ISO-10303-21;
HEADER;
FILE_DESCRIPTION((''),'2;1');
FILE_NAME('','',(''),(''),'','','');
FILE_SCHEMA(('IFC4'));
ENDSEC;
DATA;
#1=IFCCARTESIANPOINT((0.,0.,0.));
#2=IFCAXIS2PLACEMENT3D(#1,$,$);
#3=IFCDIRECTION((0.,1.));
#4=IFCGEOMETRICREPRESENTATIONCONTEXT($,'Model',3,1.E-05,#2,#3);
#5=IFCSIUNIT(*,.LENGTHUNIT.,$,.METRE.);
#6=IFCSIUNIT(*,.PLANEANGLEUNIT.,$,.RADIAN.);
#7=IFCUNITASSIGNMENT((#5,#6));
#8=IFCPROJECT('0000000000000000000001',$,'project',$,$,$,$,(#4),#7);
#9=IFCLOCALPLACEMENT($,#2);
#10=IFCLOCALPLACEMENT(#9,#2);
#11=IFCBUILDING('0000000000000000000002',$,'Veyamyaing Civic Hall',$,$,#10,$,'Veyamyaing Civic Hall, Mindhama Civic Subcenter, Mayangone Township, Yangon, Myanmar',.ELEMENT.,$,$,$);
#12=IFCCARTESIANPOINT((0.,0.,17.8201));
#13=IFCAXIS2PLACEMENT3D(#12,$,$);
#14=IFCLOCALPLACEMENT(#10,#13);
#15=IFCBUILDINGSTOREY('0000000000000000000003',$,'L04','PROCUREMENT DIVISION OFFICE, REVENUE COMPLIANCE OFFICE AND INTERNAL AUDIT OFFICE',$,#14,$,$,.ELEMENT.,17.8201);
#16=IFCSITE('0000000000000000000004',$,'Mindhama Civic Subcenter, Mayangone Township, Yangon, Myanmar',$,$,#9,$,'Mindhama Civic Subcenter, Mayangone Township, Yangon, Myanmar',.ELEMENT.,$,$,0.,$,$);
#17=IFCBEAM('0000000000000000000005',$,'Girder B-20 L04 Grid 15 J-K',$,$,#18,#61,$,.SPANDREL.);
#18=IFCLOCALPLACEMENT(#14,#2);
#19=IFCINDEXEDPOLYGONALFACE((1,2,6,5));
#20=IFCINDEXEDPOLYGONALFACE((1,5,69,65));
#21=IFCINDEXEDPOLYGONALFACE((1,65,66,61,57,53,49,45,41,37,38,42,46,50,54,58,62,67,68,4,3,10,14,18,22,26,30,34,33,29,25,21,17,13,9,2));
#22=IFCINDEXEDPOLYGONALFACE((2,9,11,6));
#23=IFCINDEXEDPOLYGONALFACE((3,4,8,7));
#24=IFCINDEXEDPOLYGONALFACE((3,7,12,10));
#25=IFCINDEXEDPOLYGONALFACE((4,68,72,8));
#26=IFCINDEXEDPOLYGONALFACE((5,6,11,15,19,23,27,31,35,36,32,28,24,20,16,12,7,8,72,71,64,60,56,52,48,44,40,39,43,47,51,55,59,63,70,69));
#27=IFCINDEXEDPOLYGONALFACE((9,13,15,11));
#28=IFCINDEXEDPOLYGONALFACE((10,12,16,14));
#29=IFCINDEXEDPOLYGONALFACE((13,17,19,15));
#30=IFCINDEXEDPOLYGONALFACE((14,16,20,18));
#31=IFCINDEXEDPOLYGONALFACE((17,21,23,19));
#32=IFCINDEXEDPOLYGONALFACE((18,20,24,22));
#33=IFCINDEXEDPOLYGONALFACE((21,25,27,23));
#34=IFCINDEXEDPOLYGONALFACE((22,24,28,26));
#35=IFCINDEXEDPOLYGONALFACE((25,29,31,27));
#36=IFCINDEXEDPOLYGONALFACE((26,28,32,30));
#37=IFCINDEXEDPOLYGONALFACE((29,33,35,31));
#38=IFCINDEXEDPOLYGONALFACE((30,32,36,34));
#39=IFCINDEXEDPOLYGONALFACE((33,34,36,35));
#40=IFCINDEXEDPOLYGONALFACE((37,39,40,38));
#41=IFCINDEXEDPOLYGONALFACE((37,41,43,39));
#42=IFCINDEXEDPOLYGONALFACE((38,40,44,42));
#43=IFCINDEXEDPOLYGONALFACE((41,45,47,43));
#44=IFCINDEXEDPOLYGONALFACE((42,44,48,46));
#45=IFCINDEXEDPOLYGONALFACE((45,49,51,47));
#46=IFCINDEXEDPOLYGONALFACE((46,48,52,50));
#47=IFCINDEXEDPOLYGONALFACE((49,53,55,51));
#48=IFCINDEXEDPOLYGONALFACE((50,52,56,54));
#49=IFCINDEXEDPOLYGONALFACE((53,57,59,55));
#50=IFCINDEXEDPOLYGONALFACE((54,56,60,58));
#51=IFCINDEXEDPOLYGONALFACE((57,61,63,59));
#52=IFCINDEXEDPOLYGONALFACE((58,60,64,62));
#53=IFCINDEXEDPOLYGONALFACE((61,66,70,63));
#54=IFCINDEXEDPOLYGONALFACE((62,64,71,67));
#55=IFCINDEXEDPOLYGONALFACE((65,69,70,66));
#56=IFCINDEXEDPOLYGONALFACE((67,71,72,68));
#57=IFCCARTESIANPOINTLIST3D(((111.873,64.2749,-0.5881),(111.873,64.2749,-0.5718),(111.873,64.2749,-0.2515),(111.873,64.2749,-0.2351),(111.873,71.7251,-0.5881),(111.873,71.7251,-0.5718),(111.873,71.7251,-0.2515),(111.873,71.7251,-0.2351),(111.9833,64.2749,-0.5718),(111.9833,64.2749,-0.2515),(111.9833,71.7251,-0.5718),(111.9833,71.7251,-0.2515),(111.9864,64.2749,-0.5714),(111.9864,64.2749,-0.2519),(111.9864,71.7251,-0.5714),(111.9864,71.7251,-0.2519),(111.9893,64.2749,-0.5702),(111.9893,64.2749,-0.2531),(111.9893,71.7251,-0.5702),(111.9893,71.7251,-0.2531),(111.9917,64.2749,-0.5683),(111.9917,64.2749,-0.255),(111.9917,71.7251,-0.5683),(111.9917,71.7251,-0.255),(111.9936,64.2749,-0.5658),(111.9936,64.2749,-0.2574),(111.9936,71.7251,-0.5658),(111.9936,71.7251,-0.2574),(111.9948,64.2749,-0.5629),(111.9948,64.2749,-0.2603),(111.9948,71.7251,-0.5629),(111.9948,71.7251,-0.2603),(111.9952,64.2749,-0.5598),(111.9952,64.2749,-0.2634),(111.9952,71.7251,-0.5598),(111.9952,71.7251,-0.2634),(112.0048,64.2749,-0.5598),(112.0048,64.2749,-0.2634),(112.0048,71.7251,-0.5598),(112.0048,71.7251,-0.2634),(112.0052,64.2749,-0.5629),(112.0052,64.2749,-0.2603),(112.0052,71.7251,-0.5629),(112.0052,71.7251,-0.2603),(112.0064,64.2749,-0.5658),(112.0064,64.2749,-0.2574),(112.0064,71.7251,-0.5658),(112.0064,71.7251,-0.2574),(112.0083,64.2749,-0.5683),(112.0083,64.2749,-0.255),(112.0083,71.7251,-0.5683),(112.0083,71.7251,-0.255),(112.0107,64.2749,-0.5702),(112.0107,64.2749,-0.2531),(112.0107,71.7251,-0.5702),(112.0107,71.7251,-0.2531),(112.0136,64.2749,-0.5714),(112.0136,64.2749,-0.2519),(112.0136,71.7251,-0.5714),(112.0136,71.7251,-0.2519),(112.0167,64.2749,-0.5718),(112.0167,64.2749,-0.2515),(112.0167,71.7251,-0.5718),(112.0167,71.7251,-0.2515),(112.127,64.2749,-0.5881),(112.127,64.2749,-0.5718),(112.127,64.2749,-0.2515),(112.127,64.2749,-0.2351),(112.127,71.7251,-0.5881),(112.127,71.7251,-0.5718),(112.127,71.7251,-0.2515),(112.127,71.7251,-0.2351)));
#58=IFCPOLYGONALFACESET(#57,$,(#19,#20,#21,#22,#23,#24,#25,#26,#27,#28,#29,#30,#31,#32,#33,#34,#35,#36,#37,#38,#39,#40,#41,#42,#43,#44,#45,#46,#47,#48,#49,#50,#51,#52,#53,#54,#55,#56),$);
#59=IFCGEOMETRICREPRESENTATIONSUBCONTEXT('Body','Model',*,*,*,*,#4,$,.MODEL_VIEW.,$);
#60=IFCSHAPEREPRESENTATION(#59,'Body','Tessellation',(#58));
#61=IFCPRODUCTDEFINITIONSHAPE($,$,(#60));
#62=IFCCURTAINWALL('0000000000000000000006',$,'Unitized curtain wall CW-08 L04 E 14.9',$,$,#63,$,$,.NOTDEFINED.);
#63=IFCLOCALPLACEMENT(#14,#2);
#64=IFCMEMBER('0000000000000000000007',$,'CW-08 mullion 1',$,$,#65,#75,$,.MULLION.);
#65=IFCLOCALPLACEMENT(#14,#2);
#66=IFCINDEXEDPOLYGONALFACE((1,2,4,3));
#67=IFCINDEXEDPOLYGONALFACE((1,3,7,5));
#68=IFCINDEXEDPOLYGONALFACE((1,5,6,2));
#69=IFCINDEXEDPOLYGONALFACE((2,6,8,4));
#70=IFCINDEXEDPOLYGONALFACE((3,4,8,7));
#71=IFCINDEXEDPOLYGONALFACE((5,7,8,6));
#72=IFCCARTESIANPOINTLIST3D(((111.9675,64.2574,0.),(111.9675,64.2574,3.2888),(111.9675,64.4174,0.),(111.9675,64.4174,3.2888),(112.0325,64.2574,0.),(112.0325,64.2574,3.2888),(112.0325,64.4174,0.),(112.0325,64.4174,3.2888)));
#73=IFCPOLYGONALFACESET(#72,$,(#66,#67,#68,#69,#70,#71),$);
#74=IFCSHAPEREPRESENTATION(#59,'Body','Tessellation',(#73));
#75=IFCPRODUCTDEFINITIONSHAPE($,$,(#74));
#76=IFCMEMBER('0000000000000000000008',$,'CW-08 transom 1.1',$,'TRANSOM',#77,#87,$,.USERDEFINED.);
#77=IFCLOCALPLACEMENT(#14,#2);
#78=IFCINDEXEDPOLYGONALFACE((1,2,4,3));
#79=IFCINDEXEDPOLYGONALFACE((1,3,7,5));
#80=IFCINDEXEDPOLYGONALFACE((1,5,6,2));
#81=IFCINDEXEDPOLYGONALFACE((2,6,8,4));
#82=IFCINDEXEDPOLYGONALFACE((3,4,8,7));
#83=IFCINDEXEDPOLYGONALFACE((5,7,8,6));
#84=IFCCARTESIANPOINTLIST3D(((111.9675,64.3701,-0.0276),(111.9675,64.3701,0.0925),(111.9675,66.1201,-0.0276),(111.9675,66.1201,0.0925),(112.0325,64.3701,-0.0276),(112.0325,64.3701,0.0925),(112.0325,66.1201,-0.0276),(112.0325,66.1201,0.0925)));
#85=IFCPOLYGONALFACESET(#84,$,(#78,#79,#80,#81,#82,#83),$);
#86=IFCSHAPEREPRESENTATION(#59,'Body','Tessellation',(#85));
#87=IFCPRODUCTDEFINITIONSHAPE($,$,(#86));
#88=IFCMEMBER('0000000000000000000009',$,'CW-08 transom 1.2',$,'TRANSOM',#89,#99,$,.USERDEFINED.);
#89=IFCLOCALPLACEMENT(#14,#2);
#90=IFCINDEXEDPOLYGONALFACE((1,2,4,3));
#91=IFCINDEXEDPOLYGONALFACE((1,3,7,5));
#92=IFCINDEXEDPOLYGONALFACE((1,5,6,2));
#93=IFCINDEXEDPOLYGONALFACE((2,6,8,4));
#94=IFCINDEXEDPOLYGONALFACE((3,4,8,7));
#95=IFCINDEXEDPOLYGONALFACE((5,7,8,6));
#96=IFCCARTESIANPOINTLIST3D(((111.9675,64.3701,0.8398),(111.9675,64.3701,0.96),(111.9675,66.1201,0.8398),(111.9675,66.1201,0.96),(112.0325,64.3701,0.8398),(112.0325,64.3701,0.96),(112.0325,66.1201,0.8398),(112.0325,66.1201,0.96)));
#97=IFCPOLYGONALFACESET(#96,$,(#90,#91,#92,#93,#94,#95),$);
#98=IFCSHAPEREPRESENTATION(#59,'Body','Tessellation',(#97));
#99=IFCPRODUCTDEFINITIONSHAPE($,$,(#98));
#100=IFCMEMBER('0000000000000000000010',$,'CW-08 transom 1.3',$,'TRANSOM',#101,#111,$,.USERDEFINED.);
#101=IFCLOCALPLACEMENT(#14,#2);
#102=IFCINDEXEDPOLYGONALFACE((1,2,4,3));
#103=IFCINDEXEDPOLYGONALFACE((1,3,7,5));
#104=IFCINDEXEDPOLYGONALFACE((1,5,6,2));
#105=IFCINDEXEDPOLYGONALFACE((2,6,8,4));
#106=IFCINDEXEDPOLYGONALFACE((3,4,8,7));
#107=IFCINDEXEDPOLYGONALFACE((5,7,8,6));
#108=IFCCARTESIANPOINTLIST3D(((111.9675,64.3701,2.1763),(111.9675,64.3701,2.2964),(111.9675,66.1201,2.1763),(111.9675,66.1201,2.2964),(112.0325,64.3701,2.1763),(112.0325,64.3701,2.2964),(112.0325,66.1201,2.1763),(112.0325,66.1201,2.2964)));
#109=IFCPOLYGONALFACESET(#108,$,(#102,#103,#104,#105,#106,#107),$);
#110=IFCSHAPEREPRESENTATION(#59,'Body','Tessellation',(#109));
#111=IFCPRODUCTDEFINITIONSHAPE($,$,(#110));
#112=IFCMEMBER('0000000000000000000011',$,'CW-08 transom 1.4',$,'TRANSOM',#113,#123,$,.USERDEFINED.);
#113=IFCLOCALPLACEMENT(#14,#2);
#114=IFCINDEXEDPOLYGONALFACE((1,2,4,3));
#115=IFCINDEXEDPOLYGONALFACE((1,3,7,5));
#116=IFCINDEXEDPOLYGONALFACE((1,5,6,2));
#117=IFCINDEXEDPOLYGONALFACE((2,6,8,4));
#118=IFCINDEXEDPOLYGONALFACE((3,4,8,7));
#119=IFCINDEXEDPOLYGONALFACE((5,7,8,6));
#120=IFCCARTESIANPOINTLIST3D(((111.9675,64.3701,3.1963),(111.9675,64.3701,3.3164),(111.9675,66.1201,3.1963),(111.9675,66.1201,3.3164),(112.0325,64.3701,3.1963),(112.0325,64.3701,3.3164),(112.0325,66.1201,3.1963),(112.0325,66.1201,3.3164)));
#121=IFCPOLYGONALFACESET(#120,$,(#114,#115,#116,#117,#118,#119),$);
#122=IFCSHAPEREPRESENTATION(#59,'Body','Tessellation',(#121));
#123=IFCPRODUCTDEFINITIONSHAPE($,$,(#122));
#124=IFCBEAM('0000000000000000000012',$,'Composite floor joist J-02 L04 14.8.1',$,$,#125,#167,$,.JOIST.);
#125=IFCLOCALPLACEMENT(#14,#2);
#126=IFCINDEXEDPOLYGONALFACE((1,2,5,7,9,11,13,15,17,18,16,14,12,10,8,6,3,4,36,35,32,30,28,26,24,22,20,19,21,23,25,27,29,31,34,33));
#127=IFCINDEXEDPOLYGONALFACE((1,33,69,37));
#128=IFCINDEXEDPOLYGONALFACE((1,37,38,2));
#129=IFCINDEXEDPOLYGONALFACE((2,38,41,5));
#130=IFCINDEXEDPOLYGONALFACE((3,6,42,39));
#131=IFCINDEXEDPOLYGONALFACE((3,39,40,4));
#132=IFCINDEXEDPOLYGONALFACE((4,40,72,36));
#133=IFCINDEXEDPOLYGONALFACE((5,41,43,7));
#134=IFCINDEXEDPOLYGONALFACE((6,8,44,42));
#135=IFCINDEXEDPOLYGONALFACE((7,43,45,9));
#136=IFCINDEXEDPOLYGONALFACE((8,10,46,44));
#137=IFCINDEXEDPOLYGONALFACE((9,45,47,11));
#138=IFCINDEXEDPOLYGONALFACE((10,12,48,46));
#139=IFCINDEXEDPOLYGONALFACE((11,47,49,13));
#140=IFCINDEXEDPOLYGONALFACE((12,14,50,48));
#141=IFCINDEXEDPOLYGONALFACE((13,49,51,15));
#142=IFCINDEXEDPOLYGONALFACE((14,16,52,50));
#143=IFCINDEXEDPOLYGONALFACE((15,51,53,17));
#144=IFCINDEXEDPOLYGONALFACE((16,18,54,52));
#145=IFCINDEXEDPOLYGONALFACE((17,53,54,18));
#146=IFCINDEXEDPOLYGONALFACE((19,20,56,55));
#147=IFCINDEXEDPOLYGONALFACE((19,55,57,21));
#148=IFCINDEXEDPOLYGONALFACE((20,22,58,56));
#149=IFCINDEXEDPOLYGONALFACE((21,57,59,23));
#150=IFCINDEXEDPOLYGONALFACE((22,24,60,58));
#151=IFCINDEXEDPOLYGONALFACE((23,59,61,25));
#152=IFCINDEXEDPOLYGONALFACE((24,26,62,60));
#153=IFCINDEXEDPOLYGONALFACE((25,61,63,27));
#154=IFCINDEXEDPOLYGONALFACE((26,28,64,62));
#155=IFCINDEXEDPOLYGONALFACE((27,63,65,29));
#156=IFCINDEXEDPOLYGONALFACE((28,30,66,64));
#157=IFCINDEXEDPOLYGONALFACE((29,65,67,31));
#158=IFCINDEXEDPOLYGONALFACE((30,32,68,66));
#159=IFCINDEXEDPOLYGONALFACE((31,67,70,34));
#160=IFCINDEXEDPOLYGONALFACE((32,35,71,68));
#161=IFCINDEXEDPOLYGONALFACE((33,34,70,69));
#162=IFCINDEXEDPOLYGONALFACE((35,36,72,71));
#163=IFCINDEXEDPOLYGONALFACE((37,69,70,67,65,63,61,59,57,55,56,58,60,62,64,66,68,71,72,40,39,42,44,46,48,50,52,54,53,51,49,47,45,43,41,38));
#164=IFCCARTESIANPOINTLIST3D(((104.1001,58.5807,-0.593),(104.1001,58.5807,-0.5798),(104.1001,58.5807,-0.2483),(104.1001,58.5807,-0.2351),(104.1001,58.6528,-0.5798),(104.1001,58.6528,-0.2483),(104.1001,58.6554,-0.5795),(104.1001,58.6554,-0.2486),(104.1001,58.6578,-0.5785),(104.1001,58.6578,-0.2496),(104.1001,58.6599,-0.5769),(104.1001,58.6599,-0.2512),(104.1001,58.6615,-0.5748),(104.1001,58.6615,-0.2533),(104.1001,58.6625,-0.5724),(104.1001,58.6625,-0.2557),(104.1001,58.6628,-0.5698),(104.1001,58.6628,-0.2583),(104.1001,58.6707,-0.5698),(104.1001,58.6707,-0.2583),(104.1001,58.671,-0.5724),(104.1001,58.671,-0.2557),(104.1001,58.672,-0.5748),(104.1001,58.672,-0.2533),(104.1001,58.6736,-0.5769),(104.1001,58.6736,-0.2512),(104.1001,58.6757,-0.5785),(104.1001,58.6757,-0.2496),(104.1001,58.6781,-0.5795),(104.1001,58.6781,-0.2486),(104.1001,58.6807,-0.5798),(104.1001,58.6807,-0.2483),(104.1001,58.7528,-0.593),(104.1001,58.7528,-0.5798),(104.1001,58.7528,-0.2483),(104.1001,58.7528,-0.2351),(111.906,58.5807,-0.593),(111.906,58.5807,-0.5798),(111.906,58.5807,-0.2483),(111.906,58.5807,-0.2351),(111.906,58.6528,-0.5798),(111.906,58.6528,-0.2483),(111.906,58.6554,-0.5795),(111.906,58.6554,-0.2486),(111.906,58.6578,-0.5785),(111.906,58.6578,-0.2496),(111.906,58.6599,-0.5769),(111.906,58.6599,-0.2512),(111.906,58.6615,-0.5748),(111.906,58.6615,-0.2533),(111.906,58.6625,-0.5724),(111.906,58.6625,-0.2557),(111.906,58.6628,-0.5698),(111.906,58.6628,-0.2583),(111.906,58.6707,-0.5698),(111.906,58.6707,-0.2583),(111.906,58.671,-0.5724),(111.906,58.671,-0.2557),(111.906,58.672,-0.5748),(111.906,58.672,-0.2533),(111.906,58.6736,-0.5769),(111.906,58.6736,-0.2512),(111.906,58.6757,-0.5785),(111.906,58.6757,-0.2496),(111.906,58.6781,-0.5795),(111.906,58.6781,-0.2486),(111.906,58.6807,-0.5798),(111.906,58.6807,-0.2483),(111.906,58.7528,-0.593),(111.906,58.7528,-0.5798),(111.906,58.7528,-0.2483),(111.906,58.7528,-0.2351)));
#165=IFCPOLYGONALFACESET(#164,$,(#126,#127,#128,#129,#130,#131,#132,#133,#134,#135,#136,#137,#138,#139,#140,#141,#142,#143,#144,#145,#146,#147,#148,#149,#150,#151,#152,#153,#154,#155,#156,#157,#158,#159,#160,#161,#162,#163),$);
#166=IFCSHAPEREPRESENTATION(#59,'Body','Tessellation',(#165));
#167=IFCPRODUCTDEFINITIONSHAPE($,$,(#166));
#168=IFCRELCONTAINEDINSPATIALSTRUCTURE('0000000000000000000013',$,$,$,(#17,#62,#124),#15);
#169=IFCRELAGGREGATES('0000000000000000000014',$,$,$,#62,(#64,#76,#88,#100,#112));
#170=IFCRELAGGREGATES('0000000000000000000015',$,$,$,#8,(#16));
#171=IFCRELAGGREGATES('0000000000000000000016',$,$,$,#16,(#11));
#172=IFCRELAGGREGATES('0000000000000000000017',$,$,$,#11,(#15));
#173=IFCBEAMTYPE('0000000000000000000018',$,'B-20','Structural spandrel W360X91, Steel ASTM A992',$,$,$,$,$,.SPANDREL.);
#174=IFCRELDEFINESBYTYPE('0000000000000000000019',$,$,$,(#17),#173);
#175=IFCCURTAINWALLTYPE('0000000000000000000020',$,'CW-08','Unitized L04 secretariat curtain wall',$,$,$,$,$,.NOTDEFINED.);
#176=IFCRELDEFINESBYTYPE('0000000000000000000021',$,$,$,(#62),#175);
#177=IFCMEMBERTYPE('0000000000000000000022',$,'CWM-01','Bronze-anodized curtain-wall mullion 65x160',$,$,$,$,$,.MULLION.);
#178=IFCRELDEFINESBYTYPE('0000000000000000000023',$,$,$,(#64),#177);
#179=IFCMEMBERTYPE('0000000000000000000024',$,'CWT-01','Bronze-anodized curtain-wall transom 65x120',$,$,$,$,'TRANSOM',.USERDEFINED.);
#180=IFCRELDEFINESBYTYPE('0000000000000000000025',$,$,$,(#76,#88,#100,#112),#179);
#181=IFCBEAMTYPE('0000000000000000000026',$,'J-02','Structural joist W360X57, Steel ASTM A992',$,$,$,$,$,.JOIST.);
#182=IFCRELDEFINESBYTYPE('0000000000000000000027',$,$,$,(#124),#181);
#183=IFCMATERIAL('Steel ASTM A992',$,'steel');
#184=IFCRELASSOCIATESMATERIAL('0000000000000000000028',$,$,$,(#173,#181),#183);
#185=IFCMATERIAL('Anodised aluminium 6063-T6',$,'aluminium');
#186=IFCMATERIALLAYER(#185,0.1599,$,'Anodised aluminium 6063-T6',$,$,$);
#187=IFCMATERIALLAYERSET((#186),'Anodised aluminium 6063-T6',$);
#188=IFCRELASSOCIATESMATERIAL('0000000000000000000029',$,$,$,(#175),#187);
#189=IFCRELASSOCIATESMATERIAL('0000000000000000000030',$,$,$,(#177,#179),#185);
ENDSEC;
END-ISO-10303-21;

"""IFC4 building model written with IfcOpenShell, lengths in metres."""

from ifc_helpers import new_model, si_unit, direction, frame, origin, origin_2d, place, context, subcontext, project, spatial, rectangle, i_section, extrude, material, layer, layer_set, material_profile, profile_set, type_object, element, aggregate, save


model = new_model("IFC4")

# Units and contexts
model_context = context("Model", 3, precision=1e-05, world=origin(), true_north=direction((0.0, 1.0)))
body_context = subcontext(model_context, "Body", "Model", "MODEL_VIEW")
ifc_project = project(units=[si_unit("LENGTHUNIT", "METRE"), si_unit("PLANEANGLEUNIT", "RADIAN")], contexts=[model_context])

# Site, building, storey
site_placement = place(None, origin())
site = spatial("IfcSite", under=ifc_project, at=site_placement, Name="Mindhama Civic Subcenter, Mayangone Township, Yangon, Myanmar", LongName="Mindhama Civic Subcenter, Mayangone Township, Yangon, Myanmar", CompositionType="ELEMENT", RefElevation=0.0)
building_placement = place(site_placement, origin())
building = spatial("IfcBuilding", under=site, at=building_placement, Name="Veyamyaing Civic Hall", LongName="Veyamyaing Civic Hall, Mindhama Civic Subcenter, Mayangone Township, Yangon, Myanmar", CompositionType="ELEMENT")
storey_placement = place(building_placement, frame((0.0, 0.0, 17.8201)))
storey = spatial("IfcBuildingStorey", under=building, at=storey_placement, Name="L04", Description="PROCUREMENT DIVISION OFFICE, REVENUE COMPLIANCE OFFICE AND INTERNAL AUDIT OFFICE", CompositionType="ELEMENT", Elevation=17.8201)

# Beam
ifc_material_1 = material(Name="Steel ASTM A992", Category="steel")
ifc_material_profile_1 = material_profile(ifc_material_1, i_section(OverallWidth=0.2539, OverallDepth=0.353, WebThickness=0.0095, FlangeThickness=0.0164, FilletRadius=0.012, at=origin_2d()), Name="W360X91")
ifc_profile_set_1 = profile_set([ifc_material_profile_1], Name="Steel ASTM A992")
beam_type_1 = type_object("IfcBeamType", Name="B-20", Description="Structural spandrel W360X91, Steel ASTM A992", PredefinedType="SPANDREL", material=ifc_profile_set_1)
beam_1_placement = place(storey_placement, frame((112.0, 64.2749, -0.4116), z_axis=(0.0, 1.0, 0.0), x_axis=(-1.0, 0.0, 0.0)))
element("IfcBeam", 1, at=beam_1_placement, inside=storey, type_object=beam_type_1, Name="Girder B-20 L04 Grid 15 J-K", PredefinedType="SPANDREL", context=body_context, shape_type="SweptSolid", body=[
    extrude(i_section(OverallWidth=0.2539, OverallDepth=0.353, WebThickness=0.0095, FlangeThickness=0.0164, FilletRadius=0.012, at=origin_2d()), origin(), (0.0, 0.0, 1.0), 7.4502),
])

# Curtain wall, members
ifc_material_2 = material(Name="Anodised aluminium 6063-T6", Category="aluminium")
ifc_layer_1 = layer(ifc_material_2, 0.1599, Name="Anodised aluminium 6063-T6")
ifc_layer_set_1 = layer_set([ifc_layer_1], Name="Anodised aluminium 6063-T6")
curtain_wall_type = type_object("IfcCurtainWallType", Name="CW-08", Description="Unitized L04 secretariat curtain wall", PredefinedType="NOTDEFINED", material=ifc_layer_set_1)
curtain_wall_placement = place(storey_placement, origin())
curtain_wall = element("IfcCurtainWall", 2, at=curtain_wall_placement, inside=storey, type_object=curtain_wall_type, Name="Unitized curtain wall CW-08 L04 E 14.9", PredefinedType="NOTDEFINED")
ifc_material_profile_2 = material_profile(ifc_material_2, rectangle(XDim=0.0649, YDim=0.1599, at=origin_2d()), Name="ALU-MUL-65X160")
ifc_profile_set_2 = profile_set([ifc_material_profile_2], Name="Anodised aluminium 6063-T6")
member_type_1 = type_object("IfcMemberType", Name="CWM-01", Description="Bronze-anodized curtain-wall mullion 65x160", PredefinedType="MULLION", material=ifc_profile_set_2)
member_1_placement = place(storey_placement, frame((112.0, 64.3374, 0.0), z_axis=(0.0, 0.0, 1.0), x_axis=(-1.0, 0.0, 0.0)))
member_1 = element("IfcMember", 3, at=member_1_placement, type_object=member_type_1, Name="CW-08 mullion 1", PredefinedType="MULLION", context=body_context, shape_type="SweptSolid", body=[
    extrude(rectangle(XDim=0.0649, YDim=0.1599, at=origin_2d()), origin(), (0.0, 0.0, 1.0), 3.2888),
])
ifc_material_profile_3 = material_profile(ifc_material_2, rectangle(XDim=0.0649, YDim=0.1201, at=origin_2d()), Name="ALU-TRN-65X120")
ifc_profile_set_3 = profile_set([ifc_material_profile_3], Name="Anodised aluminium 6063-T6")
member_type_2 = type_object("IfcMemberType", Name="CWT-01", Description="Bronze-anodized curtain-wall transom 65x120", ElementType="TRANSOM", PredefinedType="USERDEFINED", material=ifc_profile_set_3)
member_2_placement = place(storey_placement, frame((112.0, 64.3701, 0.0325), z_axis=(0.0, 1.0, 0.0), x_axis=(-1.0, 0.0, 0.0)))
member_2 = element("IfcMember", 4, at=member_2_placement, type_object=member_type_2, Name="CW-08 transom 1.1", ObjectType="TRANSOM", PredefinedType="USERDEFINED", context=body_context, shape_type="SweptSolid", body=[
    extrude(rectangle(XDim=0.0649, YDim=0.1201, at=origin_2d()), origin(), (0.0, 0.0, 1.0), 1.75),
])
member_3_placement = place(storey_placement, frame((112.0, 64.3701, 0.8999), z_axis=(0.0, 1.0, 0.0), x_axis=(-1.0, 0.0, 0.0)))
member_3 = element("IfcMember", 5, at=member_3_placement, type_object=member_type_2, Name="CW-08 transom 1.2", ObjectType="TRANSOM", PredefinedType="USERDEFINED", context=body_context, shape_type="SweptSolid", body=[
    extrude(rectangle(XDim=0.0649, YDim=0.1201, at=origin_2d()), origin(), (0.0, 0.0, 1.0), 1.75),
])
member_4_placement = place(storey_placement, frame((112.0, 64.3701, 2.2363), z_axis=(0.0, 1.0, 0.0), x_axis=(-1.0, 0.0, 0.0)))
member_4 = element("IfcMember", 6, at=member_4_placement, type_object=member_type_2, Name="CW-08 transom 1.3", ObjectType="TRANSOM", PredefinedType="USERDEFINED", context=body_context, shape_type="SweptSolid", body=[
    extrude(rectangle(XDim=0.0649, YDim=0.1201, at=origin_2d()), origin(), (0.0, 0.0, 1.0), 1.75),
])
member_5_placement = place(storey_placement, frame((112.0, 64.3701, 3.2563), z_axis=(0.0, 1.0, 0.0), x_axis=(-1.0, 0.0, 0.0)))
member_5 = element("IfcMember", 7, at=member_5_placement, type_object=member_type_2, Name="CW-08 transom 1.4", ObjectType="TRANSOM", PredefinedType="USERDEFINED", context=body_context, shape_type="SweptSolid", body=[
    extrude(rectangle(XDim=0.0649, YDim=0.1201, at=origin_2d()), origin(), (0.0, 0.0, 1.0), 1.75),
])
aggregate(curtain_wall, [member_1, member_2, member_3, member_4, member_5])

# Beam
ifc_material_profile_4 = material_profile(ifc_material_1, i_section(OverallWidth=0.1721, OverallDepth=0.3579, WebThickness=0.0078, FlangeThickness=0.0132, FilletRadius=0.01, at=origin_2d()), Name="W360X57")
ifc_profile_set_4 = profile_set([ifc_material_profile_4], Name="Steel ASTM A992")
beam_type_2 = type_object("IfcBeamType", Name="J-02", Description="Structural joist W360X57, Steel ASTM A992", PredefinedType="JOIST", material=ifc_profile_set_4)
for number, where, z_axis, x_axis, name in (
    (8, (104.1001, 58.6667, -0.4141), (1.0, 0.0, 0.0), (0.0, 1.0, 0.0), "Composite floor joist J-02 L04 14.8.1"),
):
    element("IfcBeam", number, at=place(storey_placement, frame(where, z_axis=z_axis, x_axis=x_axis)), inside=storey, type_object=beam_type_2, Name=name, PredefinedType="JOIST", context=body_context, shape_type="SweptSolid", body=[
        extrude(i_section(OverallWidth=0.1721, OverallDepth=0.3579, WebThickness=0.0078, FlangeThickness=0.0132, FilletRadius=0.01, at=origin_2d()), origin(), (0.0, 0.0, 1.0), 7.8059),
    ])

save(model, "model.ifc")
